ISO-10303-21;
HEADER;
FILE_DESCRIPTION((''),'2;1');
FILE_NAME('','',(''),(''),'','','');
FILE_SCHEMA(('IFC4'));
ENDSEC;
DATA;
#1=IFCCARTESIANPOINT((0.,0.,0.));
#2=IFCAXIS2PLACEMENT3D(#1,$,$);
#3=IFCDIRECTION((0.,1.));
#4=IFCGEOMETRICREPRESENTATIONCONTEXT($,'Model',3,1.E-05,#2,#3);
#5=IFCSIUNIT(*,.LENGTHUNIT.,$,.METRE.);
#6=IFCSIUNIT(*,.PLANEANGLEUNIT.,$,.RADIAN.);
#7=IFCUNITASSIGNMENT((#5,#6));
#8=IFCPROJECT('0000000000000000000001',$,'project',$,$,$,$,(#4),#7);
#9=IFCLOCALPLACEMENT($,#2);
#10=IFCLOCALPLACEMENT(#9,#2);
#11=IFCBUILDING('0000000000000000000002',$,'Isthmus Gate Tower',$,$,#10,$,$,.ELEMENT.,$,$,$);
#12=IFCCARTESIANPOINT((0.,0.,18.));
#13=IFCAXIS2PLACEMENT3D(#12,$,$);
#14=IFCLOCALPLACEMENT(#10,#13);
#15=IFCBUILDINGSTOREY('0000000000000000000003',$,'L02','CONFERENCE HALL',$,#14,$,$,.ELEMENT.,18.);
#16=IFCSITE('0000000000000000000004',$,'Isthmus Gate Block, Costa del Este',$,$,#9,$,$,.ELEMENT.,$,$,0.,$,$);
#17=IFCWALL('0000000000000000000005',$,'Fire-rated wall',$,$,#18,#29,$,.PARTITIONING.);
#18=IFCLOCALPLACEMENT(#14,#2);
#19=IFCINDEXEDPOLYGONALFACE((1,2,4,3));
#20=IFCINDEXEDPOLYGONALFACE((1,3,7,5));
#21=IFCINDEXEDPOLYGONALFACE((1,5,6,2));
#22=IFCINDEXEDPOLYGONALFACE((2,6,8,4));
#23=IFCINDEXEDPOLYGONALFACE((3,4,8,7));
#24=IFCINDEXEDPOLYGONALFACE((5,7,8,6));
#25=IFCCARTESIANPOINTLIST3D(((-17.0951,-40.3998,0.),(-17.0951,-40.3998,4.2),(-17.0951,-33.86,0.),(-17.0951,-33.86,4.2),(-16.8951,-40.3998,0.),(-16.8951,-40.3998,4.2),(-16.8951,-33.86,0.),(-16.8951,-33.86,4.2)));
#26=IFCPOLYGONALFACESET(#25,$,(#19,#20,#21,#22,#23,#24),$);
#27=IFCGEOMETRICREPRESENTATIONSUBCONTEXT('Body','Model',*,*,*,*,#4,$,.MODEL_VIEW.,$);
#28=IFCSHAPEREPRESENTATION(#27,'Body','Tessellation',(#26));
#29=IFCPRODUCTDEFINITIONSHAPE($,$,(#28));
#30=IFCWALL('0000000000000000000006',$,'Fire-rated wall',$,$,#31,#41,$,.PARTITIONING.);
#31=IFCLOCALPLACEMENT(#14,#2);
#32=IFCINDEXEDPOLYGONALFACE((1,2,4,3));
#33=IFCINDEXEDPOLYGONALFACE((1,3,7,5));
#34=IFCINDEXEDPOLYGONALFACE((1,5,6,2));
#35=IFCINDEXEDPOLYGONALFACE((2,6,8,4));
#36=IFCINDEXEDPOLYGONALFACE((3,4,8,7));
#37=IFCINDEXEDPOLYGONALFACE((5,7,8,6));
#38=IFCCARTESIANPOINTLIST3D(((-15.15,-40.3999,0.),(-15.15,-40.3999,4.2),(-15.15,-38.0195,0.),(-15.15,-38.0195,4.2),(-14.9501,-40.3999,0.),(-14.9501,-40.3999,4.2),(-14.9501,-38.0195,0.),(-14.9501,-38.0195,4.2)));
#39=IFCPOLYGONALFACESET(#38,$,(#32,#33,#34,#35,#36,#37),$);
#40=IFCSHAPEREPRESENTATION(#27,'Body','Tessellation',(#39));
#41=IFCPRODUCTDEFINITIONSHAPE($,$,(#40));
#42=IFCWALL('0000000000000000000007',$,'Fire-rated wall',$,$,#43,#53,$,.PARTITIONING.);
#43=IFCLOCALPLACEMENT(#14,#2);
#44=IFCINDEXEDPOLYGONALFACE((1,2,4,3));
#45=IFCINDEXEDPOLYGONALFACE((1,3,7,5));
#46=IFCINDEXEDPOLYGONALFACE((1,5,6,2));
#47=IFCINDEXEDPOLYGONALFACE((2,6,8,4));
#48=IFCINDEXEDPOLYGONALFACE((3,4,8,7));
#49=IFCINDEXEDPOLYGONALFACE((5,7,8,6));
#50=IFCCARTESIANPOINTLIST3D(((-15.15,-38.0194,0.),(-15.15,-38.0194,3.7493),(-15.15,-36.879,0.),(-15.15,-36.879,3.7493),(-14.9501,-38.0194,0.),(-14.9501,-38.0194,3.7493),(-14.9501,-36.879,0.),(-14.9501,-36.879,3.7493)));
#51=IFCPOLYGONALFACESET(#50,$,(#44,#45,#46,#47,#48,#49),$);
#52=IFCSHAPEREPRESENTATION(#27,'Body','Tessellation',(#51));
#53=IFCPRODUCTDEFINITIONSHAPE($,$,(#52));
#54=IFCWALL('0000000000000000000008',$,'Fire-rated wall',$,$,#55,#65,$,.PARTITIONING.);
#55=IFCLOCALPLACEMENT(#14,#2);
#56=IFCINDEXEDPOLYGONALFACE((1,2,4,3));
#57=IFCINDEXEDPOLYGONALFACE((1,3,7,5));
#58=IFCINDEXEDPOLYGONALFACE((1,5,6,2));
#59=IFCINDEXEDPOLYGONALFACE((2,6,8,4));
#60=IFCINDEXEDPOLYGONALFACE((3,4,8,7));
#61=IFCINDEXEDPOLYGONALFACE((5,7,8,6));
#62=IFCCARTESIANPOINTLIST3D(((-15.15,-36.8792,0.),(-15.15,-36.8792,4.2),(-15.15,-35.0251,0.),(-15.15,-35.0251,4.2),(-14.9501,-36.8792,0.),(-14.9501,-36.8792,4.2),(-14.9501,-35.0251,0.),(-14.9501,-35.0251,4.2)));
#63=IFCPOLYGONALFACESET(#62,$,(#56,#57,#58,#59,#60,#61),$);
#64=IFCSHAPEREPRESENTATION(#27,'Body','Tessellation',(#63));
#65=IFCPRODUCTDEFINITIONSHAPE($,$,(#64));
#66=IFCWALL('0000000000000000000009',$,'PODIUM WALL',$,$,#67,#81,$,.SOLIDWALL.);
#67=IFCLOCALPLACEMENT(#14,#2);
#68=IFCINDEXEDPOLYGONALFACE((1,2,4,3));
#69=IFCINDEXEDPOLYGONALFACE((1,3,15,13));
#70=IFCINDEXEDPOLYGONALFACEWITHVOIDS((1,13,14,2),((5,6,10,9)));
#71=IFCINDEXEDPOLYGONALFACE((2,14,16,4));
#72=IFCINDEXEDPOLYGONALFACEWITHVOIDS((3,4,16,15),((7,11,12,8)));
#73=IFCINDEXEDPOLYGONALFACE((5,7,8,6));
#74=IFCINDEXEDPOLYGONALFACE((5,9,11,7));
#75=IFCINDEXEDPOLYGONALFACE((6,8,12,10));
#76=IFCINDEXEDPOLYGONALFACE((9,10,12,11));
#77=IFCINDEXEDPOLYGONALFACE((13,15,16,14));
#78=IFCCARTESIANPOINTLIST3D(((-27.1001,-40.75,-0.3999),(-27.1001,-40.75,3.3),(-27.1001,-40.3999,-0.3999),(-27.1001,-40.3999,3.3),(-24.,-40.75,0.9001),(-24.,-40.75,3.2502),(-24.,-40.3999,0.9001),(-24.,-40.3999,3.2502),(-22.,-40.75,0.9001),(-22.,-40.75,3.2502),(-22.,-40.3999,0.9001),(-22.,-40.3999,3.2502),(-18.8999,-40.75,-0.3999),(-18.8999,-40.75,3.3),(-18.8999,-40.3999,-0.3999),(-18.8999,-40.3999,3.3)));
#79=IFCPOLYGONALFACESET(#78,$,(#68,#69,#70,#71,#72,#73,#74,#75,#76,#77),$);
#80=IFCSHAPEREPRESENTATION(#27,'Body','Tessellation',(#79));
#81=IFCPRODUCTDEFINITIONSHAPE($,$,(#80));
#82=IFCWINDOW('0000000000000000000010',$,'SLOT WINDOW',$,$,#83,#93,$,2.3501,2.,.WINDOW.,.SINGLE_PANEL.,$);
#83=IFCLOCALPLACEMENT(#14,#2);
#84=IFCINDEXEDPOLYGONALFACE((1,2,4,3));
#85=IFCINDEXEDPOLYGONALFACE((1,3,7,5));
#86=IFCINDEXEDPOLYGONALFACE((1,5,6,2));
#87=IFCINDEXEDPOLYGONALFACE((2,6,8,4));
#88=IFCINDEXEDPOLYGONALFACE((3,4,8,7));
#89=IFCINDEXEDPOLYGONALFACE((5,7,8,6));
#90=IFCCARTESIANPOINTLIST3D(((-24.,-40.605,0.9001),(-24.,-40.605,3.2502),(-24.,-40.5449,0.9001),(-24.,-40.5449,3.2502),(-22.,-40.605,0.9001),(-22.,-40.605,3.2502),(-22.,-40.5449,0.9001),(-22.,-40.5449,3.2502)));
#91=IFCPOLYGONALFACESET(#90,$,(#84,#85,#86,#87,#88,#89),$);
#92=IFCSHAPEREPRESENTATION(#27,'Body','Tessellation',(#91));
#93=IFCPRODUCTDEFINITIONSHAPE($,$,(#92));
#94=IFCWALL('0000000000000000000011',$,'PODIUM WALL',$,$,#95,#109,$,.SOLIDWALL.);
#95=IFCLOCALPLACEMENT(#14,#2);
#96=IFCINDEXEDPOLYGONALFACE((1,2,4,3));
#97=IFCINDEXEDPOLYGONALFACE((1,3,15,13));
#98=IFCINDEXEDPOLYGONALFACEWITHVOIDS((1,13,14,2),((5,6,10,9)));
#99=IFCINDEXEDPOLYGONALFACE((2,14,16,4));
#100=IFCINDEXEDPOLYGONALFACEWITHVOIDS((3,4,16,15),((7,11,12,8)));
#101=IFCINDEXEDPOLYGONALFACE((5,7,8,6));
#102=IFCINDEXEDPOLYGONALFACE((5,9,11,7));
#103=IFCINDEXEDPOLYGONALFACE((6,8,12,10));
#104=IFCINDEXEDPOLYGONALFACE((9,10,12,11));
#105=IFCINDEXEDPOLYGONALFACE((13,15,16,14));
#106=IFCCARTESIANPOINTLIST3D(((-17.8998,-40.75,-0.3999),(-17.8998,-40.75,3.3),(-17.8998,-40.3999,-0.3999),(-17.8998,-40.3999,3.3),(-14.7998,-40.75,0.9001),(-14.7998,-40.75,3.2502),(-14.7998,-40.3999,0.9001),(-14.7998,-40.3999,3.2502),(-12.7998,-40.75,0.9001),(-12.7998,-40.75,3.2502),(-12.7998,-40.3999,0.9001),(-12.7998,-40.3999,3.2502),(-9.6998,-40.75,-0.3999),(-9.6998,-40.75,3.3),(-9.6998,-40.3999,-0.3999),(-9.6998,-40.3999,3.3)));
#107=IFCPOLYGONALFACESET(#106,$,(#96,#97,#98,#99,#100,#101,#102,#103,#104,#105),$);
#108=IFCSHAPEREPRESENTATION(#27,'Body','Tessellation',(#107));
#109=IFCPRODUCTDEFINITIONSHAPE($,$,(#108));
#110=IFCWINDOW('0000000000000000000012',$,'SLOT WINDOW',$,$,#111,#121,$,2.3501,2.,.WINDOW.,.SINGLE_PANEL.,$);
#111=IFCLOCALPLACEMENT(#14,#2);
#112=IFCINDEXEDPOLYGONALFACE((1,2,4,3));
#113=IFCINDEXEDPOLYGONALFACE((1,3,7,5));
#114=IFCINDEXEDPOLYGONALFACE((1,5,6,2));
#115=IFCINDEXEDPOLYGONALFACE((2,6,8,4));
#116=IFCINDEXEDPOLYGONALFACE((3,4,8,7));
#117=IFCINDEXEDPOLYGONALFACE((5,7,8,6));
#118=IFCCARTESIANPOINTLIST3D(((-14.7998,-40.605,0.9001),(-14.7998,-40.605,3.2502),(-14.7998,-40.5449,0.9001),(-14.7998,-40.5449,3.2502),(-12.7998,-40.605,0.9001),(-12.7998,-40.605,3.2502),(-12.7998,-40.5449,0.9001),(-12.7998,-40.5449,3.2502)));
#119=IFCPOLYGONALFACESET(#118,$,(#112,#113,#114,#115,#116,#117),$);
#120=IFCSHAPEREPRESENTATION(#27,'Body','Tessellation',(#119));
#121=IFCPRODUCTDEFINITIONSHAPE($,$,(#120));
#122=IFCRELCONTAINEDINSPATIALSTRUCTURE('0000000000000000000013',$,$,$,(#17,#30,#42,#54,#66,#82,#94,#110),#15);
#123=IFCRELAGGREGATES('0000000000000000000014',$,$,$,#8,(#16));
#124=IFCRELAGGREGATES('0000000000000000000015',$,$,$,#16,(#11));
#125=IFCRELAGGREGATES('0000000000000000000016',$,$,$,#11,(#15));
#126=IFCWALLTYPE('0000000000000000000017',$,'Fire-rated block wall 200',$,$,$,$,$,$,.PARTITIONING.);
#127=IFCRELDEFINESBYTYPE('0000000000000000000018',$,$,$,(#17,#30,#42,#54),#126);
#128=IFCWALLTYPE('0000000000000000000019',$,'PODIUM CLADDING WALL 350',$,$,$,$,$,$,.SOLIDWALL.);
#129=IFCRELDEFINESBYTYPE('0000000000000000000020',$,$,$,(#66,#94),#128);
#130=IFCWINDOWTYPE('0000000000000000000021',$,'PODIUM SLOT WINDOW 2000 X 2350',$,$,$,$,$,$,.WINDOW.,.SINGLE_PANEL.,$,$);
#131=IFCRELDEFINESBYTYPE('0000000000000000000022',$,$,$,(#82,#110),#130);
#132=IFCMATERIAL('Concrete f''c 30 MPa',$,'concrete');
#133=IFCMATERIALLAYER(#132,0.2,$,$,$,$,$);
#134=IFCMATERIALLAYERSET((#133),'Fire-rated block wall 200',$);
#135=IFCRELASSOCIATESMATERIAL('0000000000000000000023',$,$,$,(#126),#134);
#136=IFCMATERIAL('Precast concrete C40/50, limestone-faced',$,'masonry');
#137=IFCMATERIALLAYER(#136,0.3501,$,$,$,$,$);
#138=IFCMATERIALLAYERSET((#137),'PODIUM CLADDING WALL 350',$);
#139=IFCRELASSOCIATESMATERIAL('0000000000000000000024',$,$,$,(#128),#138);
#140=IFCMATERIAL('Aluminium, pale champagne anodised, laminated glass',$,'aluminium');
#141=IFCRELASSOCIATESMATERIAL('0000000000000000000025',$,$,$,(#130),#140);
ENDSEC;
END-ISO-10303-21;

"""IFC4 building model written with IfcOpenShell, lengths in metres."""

from ifc_helpers import new_model, si_unit, direction, frame, frame_2d, origin, place, context, subcontext, project, spatial, rectangle, extrude, material, layer, layer_set, type_object, element, fill, save


model = new_model("IFC4")

# Units and contexts
model_context = context("Model", 3, precision=1e-05, world=origin(), true_north=direction((0.0, 1.0)))
body_context = subcontext(model_context, "Body", "Model", "MODEL_VIEW")
ifc_project = project(units=[si_unit("LENGTHUNIT", "METRE"), si_unit("PLANEANGLEUNIT", "RADIAN")], contexts=[model_context])

# Site, building, storey
site_placement = place(None, origin())
site = spatial("IfcSite", under=ifc_project, at=site_placement, Name="Isthmus Gate Block, Costa del Este", CompositionType="ELEMENT", RefElevation=0.0)
building_placement = place(site_placement, origin())
building = spatial("IfcBuilding", under=site, at=building_placement, Name="Isthmus Gate Tower", CompositionType="ELEMENT")
storey_placement = place(building_placement, frame((0.0, 0.0, 18.0)))
storey = spatial("IfcBuildingStorey", under=building, at=storey_placement, Name="L02", Description="CONFERENCE HALL", CompositionType="ELEMENT", Elevation=18.0)

# Walls
ifc_material_1 = material(Name="Concrete f'c 30 MPa", Category="concrete")
ifc_layer_1 = layer(ifc_material_1, 0.2)
ifc_layer_set_1 = layer_set([ifc_layer_1], Name="Fire-rated block wall 200")
wall_type_1 = type_object("IfcWallType", Name="Fire-rated block wall 200", PredefinedType="PARTITIONING", material=ifc_layer_set_1)
wall_1_placement = place(storey_placement, frame((-16.9951, -40.3999, 0.0), z_axis=(0.0, 0.0, 1.0), x_axis=(0.0, 1.0, 0.0)))
element("IfcWall", 1, at=wall_1_placement, inside=storey, type_object=wall_type_1, Name="Fire-rated wall", PredefinedType="PARTITIONING", context=body_context, shape_type="SweptSolid", body=[
    extrude(rectangle(XDim=6.5398, YDim=0.2, at=frame_2d((3.27, 0.0))), origin(), (0.0, 0.0, 1.0), 4.2),
])
wall_2_placement = place(storey_placement, frame((-15.05, -40.3999, 0.0), z_axis=(0.0, 0.0, 1.0), x_axis=(0.0, 1.0, 0.0)))
element("IfcWall", 2, at=wall_2_placement, inside=storey, type_object=wall_type_1, Name="Fire-rated wall", PredefinedType="PARTITIONING", context=body_context, shape_type="SweptSolid", body=[
    extrude(rectangle(XDim=2.3804, YDim=0.2, at=frame_2d((1.1902, 0.0))), origin(), (0.0, 0.0, 1.0), 4.2),
])
wall_3_placement = place(storey_placement, frame((-15.05, -38.0195, 0.0), z_axis=(0.0, 0.0, 1.0), x_axis=(0.0, 1.0, 0.0)))
element("IfcWall", 3, at=wall_3_placement, inside=storey, type_object=wall_type_1, Name="Fire-rated wall", PredefinedType="PARTITIONING", context=body_context, shape_type="SweptSolid", body=[
    extrude(rectangle(XDim=1.1404, YDim=0.2, at=frame_2d((0.5703, 0.0))), origin(), (0.0, 0.0, 1.0), 3.7493),
])
wall_4_placement = place(storey_placement, frame((-15.05, -36.8792, 0.0), z_axis=(0.0, 0.0, 1.0), x_axis=(0.0, 1.0, 0.0)))
element("IfcWall", 4, at=wall_4_placement, inside=storey, type_object=wall_type_1, Name="Fire-rated wall", PredefinedType="PARTITIONING", context=body_context, shape_type="SweptSolid", body=[
    extrude(rectangle(XDim=1.854, YDim=0.2, at=frame_2d((0.927, 0.0))), origin(), (0.0, 0.0, 1.0), 4.2),
])

# Walls, openings, windows
ifc_material_2 = material(Name="Precast concrete C40/50, limestone-faced", Category="masonry")
ifc_layer_2 = layer(ifc_material_2, 0.3501)
ifc_layer_set_2 = layer_set([ifc_layer_2], Name="PODIUM CLADDING WALL 350")
wall_type_2 = type_object("IfcWallType", Name="PODIUM CLADDING WALL 350", PredefinedType="SOLIDWALL", material=ifc_layer_set_2)
wall_5_placement = place(storey_placement, frame((-27.1001, -40.575, -0.3999), z_axis=(0.0, 0.0, 1.0), x_axis=(1.0, 0.0, 0.0)))
wall_5 = element("IfcWall", 5, at=wall_5_placement, inside=storey, type_object=wall_type_2, Name="PODIUM WALL", PredefinedType="SOLIDWALL", context=body_context, shape_type="SweptSolid", body=[
    extrude(rectangle(XDim=8.2002, YDim=0.3501, at=frame_2d((4.1001, 0.0))), origin(), (0.0, 0.0, 1.0), 3.7),
])
opening_1_placement = place(wall_5_placement, frame((3.1001, 0.0, 1.3)))
opening_1 = element("IfcOpeningElement", 6, at=opening_1_placement, cuts=wall_5, PredefinedType="OPENING", context=body_context, shape_type="SweptSolid", body=[
    extrude(rectangle(XDim=2.0, YDim=2.3501, at=frame_2d((1.0, 1.175))), frame((0.0, 0.1851, 0.0), z_axis=(0.0, -1.0, 0.0), x_axis=(1.0, 0.0, 0.0)), (0.0, 0.0, 1.0), 0.3701),
])
ifc_material_3 = material(Name="Aluminium, pale champagne anodised, laminated glass", Category="aluminium")
window_type = type_object("IfcWindowType", Name="PODIUM SLOT WINDOW 2000 X 2350", PartitioningType="SINGLE_PANEL", PredefinedType="WINDOW", material=ifc_material_3)
window_1_placement = place(opening_1_placement, origin())
window_1 = element("IfcWindow", 7, at=window_1_placement, inside=storey, type_object=window_type, Name="SLOT WINDOW", OverallHeight=2.3501, OverallWidth=2.0, PartitioningType="SINGLE_PANEL", PredefinedType="WINDOW", context=body_context, shape_type="SweptSolid", body=[
    extrude(rectangle(XDim=2.0, YDim=2.3501, at=frame_2d((1.0, 1.175))), frame((0.0, 0.03, 0.0), z_axis=(0.0, -1.0, 0.0), x_axis=(1.0, 0.0, 0.0)), (0.0, 0.0, 1.0), 0.0601),
])
fill(opening_1, window_1)
wall_6_placement = place(storey_placement, frame((-17.8999, -40.575, -0.3999), z_axis=(0.0, 0.0, 1.0), x_axis=(1.0, 0.0, 0.0)))
wall_6 = element("IfcWall", 8, at=wall_6_placement, inside=storey, type_object=wall_type_2, Name="PODIUM WALL", PredefinedType="SOLIDWALL", context=body_context, shape_type="SweptSolid", body=[
    extrude(rectangle(XDim=8.2, YDim=0.3501, at=frame_2d((4.1001, 0.0))), origin(), (0.0, 0.0, 1.0), 3.7),
])
opening_2_placement = place(wall_6_placement, frame((3.1001, 0.0, 1.3)))
opening_2 = element("IfcOpeningElement", 9, at=opening_2_placement, cuts=wall_6, PredefinedType="OPENING", context=body_context, shape_type="SweptSolid", body=[
    extrude(rectangle(XDim=2.0, YDim=2.3501, at=frame_2d((1.0, 1.175))), frame((0.0, 0.1851, 0.0), z_axis=(0.0, -1.0, 0.0), x_axis=(1.0, 0.0, 0.0)), (0.0, 0.0, 1.0), 0.3701),
])
window_2_placement = place(opening_2_placement, origin())
window_2 = element("IfcWindow", 10, at=window_2_placement, inside=storey, type_object=window_type, Name="SLOT WINDOW", OverallHeight=2.3501, OverallWidth=2.0, PartitioningType="SINGLE_PANEL", PredefinedType="WINDOW", context=body_context, shape_type="SweptSolid", body=[
    extrude(rectangle(XDim=2.0, YDim=2.3501, at=frame_2d((1.0, 1.175))), frame((0.0, 0.03, 0.0), z_axis=(0.0, -1.0, 0.0), x_axis=(1.0, 0.0, 0.0)), (0.0, 0.0, 1.0), 0.0601),
])
fill(opening_2, window_2)

save(model, "model.ifc")
